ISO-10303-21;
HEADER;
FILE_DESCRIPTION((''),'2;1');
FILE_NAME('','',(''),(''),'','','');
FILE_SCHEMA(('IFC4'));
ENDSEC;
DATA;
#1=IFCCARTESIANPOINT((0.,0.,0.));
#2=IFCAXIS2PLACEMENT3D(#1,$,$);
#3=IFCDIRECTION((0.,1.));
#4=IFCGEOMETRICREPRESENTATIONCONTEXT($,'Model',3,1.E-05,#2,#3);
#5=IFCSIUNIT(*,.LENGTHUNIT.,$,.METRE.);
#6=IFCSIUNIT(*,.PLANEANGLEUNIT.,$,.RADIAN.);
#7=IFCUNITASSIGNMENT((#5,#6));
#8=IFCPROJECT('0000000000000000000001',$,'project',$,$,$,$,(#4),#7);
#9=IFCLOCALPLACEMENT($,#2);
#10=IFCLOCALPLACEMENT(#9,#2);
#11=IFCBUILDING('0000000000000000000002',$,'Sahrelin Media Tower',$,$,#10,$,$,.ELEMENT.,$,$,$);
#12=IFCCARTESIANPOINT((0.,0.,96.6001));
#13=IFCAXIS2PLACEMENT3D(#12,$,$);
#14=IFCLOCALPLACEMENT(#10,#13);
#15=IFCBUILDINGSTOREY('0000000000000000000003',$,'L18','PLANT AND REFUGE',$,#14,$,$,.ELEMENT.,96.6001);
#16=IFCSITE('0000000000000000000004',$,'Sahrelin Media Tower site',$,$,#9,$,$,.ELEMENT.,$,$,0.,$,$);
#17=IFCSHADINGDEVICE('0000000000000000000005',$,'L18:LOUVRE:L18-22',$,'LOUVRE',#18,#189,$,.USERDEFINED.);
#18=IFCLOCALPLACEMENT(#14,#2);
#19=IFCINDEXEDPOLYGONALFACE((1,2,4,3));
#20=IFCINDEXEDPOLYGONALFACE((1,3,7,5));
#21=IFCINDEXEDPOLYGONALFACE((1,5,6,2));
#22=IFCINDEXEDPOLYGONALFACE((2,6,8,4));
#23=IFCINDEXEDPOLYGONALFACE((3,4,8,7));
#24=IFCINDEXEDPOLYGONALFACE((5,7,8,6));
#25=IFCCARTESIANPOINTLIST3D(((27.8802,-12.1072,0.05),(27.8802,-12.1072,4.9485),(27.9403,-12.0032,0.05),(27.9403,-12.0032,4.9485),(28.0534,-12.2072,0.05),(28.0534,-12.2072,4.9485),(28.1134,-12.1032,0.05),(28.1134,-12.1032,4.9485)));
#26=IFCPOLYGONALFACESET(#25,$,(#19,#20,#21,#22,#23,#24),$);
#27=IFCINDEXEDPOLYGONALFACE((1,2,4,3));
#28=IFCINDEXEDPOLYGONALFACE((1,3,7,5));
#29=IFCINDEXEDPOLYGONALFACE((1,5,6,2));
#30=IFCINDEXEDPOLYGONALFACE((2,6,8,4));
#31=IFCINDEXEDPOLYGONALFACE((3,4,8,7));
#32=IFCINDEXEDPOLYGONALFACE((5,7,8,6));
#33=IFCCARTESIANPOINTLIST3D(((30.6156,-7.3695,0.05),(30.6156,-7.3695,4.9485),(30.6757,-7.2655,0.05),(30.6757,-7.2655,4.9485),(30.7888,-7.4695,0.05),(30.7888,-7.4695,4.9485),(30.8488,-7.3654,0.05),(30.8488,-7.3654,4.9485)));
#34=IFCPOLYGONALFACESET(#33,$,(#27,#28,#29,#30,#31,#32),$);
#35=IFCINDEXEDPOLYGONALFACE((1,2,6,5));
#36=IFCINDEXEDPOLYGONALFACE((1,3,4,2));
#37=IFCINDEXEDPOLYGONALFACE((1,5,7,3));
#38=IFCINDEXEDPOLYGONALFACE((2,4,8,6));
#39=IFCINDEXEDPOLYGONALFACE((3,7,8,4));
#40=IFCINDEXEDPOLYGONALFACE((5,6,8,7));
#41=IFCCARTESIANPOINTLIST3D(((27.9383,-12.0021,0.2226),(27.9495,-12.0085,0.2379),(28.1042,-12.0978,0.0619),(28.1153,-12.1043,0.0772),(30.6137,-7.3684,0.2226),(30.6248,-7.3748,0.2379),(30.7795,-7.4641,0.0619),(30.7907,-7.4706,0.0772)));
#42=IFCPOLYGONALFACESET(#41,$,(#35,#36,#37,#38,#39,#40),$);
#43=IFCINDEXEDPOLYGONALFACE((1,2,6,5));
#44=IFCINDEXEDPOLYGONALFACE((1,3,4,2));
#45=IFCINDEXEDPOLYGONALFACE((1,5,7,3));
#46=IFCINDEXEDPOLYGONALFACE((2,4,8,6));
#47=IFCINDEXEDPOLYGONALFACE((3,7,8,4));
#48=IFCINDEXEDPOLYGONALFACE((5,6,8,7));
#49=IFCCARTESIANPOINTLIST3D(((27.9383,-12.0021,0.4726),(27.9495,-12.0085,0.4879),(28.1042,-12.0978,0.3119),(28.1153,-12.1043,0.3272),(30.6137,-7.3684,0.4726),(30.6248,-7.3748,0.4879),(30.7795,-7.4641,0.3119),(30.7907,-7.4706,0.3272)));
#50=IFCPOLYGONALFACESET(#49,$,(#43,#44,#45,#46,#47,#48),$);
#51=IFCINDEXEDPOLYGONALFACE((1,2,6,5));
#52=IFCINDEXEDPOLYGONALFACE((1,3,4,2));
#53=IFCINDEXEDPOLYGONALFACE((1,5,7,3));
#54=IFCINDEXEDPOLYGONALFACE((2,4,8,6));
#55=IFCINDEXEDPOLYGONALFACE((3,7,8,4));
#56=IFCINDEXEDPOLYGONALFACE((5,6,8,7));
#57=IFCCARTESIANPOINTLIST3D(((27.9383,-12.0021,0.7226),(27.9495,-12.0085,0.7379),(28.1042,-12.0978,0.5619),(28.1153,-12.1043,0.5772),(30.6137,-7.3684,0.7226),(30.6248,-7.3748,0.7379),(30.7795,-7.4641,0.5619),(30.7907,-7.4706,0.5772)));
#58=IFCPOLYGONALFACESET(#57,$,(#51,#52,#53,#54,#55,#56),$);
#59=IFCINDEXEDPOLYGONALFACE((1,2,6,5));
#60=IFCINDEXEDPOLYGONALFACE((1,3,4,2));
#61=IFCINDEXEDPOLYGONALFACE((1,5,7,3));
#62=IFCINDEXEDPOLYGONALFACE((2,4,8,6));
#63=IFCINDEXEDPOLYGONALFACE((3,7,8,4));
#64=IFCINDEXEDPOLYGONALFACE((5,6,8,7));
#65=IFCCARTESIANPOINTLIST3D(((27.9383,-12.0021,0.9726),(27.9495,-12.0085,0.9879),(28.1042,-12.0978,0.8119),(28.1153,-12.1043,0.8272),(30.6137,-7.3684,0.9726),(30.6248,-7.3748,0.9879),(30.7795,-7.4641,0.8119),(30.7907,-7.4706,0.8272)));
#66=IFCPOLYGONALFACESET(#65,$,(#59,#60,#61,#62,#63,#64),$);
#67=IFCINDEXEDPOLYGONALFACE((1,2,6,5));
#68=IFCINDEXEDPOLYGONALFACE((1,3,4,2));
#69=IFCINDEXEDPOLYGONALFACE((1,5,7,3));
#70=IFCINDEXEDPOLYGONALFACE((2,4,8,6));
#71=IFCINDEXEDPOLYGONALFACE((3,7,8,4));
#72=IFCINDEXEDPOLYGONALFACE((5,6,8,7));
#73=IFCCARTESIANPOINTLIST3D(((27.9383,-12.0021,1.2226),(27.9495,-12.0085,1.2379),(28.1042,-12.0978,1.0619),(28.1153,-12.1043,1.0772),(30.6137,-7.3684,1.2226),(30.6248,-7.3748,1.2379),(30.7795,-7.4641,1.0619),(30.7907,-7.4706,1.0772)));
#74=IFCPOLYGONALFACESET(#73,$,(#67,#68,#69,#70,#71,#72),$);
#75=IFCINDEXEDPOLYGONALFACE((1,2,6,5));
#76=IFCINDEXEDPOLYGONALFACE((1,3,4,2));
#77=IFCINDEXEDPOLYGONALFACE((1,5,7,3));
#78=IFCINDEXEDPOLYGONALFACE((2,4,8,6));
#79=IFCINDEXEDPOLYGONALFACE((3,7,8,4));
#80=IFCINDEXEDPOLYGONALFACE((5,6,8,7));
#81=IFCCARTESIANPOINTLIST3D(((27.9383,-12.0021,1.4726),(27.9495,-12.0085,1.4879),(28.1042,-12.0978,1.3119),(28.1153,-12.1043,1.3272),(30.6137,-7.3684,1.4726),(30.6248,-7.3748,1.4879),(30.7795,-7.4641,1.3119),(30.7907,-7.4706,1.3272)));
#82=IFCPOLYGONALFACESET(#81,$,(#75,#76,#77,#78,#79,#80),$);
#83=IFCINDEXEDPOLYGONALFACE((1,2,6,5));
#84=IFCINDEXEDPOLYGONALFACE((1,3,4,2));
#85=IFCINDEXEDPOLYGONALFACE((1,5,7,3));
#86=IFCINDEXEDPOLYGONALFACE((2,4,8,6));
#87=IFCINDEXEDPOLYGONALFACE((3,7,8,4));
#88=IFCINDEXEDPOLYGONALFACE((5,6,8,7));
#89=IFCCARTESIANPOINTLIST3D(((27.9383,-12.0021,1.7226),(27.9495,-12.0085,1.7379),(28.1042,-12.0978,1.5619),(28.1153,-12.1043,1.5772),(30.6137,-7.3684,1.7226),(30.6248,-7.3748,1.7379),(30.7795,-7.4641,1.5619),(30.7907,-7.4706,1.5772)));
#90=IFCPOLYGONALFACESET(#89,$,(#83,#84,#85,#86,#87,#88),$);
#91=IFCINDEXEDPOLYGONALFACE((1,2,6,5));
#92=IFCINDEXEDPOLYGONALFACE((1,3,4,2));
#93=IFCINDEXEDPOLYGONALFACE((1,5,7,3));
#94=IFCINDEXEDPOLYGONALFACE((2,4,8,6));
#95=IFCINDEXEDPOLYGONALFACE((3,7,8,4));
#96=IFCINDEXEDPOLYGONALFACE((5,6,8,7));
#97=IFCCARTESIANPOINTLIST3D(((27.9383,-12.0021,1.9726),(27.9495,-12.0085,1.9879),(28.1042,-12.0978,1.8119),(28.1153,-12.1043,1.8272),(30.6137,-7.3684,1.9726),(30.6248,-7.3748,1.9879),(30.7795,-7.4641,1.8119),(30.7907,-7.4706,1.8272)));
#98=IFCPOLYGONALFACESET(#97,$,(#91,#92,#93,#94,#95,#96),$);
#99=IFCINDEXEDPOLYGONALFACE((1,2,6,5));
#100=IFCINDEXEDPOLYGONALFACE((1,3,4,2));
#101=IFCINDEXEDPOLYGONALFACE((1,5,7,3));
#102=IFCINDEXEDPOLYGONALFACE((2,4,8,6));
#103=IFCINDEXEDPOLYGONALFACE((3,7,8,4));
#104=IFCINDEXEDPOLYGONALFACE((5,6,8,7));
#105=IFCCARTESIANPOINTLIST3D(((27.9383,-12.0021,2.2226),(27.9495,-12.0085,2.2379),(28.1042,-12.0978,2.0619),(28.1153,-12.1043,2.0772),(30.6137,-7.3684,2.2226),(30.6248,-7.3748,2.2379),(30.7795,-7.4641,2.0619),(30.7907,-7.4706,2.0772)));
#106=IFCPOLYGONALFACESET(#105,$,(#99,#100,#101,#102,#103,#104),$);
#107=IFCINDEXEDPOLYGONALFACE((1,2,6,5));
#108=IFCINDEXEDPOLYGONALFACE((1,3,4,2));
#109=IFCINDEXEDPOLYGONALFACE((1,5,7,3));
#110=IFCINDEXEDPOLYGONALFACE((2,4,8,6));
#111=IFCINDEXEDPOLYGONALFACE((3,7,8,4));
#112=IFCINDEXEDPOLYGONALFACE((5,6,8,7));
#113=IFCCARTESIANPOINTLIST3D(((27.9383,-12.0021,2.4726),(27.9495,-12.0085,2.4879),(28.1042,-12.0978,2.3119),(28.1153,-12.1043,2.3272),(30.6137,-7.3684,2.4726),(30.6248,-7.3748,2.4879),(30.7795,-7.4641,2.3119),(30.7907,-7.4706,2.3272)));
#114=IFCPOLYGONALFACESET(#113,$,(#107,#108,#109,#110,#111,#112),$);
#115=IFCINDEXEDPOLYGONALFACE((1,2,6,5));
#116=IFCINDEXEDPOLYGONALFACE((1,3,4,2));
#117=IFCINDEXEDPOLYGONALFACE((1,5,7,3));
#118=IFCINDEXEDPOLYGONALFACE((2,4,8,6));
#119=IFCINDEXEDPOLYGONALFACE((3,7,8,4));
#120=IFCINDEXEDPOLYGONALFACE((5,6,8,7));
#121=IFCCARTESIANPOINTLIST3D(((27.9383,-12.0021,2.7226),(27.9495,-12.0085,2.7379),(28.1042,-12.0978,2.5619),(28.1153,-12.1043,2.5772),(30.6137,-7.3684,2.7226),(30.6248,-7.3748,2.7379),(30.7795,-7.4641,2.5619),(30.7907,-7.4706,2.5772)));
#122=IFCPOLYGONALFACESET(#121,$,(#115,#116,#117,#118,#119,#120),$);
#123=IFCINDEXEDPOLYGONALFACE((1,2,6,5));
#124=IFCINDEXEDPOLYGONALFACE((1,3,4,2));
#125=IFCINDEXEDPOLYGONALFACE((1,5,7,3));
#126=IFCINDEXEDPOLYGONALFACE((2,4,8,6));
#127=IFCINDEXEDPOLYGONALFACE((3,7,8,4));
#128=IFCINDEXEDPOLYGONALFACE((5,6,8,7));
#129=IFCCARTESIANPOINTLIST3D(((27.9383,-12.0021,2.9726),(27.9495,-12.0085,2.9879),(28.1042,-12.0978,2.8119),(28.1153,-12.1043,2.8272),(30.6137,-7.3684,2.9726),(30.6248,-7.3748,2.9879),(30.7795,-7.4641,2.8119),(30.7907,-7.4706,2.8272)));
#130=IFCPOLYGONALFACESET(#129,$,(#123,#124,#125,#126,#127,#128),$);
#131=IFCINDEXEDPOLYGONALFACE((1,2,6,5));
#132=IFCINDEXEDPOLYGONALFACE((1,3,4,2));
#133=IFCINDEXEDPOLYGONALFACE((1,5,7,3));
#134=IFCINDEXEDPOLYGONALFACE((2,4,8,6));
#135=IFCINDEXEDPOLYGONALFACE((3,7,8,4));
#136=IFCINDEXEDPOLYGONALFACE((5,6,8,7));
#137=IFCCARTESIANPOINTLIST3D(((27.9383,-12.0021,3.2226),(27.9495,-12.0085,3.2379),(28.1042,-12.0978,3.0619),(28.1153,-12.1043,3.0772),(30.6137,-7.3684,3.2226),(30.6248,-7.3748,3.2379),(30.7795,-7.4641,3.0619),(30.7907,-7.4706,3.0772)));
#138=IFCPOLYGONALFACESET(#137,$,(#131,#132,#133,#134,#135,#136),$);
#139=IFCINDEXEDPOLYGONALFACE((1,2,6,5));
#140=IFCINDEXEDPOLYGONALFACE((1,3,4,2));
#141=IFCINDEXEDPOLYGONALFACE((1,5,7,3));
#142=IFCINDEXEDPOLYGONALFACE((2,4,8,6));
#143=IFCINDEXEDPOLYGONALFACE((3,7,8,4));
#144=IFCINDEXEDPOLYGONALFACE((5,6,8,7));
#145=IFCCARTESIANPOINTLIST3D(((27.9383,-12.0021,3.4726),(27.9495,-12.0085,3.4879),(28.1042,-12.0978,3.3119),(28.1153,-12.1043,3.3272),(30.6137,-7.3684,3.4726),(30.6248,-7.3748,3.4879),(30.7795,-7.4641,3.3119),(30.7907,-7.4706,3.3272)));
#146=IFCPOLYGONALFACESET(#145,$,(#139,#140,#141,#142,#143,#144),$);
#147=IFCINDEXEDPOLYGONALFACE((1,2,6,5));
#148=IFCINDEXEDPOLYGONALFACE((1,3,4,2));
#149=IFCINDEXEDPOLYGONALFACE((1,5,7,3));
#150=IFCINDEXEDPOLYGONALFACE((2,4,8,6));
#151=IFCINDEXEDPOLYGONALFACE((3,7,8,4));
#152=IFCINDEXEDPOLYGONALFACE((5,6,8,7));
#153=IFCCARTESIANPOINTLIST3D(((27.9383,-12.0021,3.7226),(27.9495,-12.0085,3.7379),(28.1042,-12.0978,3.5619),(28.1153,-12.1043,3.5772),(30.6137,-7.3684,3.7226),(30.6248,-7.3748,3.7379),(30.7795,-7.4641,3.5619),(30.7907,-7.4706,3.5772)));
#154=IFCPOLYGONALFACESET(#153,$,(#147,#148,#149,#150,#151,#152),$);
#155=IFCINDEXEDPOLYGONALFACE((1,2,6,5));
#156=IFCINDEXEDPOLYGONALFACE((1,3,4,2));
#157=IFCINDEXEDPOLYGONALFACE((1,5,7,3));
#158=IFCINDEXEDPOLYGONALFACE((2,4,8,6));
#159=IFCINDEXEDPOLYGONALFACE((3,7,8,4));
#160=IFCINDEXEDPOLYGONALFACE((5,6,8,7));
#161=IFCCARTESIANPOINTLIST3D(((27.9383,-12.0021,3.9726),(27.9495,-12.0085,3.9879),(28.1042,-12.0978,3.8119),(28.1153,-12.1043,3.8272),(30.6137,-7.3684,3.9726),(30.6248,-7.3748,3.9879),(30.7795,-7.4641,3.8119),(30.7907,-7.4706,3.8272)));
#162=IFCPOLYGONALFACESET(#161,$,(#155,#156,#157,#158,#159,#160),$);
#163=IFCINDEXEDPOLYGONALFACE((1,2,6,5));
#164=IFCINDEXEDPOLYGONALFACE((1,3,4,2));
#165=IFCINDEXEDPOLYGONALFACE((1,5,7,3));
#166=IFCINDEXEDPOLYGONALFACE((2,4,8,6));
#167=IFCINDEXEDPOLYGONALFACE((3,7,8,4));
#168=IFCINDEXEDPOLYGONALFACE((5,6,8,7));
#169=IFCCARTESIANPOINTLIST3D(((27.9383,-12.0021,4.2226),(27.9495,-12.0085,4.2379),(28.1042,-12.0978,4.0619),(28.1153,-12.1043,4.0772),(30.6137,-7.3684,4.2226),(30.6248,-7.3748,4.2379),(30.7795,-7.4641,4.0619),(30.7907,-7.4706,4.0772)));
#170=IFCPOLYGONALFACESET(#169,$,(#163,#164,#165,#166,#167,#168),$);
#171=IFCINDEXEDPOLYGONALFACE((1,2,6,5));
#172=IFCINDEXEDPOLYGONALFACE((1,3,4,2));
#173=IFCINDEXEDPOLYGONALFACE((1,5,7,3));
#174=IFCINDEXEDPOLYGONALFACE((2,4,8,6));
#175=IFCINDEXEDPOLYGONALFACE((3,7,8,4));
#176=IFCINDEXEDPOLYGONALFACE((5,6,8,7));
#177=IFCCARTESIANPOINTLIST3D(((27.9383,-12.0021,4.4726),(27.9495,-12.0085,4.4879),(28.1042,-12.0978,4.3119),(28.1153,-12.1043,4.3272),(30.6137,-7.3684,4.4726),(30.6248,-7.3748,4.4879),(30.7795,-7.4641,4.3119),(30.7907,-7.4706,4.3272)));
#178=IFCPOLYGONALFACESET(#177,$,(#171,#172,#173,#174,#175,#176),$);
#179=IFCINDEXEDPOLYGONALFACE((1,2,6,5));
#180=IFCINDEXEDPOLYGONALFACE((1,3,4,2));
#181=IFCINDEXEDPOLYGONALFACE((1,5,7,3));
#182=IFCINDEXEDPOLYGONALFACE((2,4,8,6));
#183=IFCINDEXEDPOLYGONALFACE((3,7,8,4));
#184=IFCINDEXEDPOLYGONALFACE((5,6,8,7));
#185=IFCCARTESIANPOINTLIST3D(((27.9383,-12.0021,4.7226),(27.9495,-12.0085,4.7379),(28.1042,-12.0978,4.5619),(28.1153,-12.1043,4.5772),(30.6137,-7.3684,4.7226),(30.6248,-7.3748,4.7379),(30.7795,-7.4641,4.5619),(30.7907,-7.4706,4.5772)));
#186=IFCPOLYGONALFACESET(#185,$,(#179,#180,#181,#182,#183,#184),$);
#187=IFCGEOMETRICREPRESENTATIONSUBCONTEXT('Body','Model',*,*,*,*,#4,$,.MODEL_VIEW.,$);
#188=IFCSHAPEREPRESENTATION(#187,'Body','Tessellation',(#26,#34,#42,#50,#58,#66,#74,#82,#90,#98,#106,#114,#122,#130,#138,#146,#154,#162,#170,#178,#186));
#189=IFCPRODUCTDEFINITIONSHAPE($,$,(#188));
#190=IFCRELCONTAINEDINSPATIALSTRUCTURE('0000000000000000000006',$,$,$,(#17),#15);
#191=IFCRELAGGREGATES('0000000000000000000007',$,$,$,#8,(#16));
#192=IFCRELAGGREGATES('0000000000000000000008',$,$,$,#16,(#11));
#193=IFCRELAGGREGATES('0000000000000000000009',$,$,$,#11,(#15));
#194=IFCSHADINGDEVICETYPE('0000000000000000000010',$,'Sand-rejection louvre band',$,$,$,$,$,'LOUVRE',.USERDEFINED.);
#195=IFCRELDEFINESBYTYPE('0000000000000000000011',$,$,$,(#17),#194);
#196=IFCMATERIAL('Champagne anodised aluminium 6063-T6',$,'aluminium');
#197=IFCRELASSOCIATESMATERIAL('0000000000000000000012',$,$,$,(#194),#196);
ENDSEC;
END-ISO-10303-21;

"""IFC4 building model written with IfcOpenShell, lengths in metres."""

from ifc_helpers import new_model, si_unit, direction, frame, origin, origin_2d, place, context, subcontext, project, spatial, rectangle, extrude, material, type_object, element, save


model = new_model("IFC4")

# Units and contexts
model_context = context("Model", 3, precision=1e-05, world=origin(), true_north=direction((0.0, 1.0)))
body_context = subcontext(model_context, "Body", "Model", "MODEL_VIEW")
ifc_project = project(units=[si_unit("LENGTHUNIT", "METRE"), si_unit("PLANEANGLEUNIT", "RADIAN")], contexts=[model_context])

# Site, building, storey
site_placement = place(None, origin())
site = spatial("IfcSite", under=ifc_project, at=site_placement, Name="Sahrelin Media Tower site", CompositionType="ELEMENT", RefElevation=0.0)
building_placement = place(site_placement, origin())
building = spatial("IfcBuilding", under=site, at=building_placement, Name="Sahrelin Media Tower", CompositionType="ELEMENT")
storey_placement = place(building_placement, frame((0.0, 0.0, 96.6001)))
storey = spatial("IfcBuildingStorey", under=building, at=storey_placement, Name="L18", Description="PLANT AND REFUGE", CompositionType="ELEMENT", Elevation=96.6001)

# Shading device
ifc_material_1 = material(Name="Champagne anodised aluminium 6063-T6", Category="aluminium")
shading_device_type = type_object("IfcShadingDeviceType", Name="Sand-rejection louvre band", ElementType="LOUVRE", PredefinedType="USERDEFINED", material=ifc_material_1)
shading_device_1_placement = place(storey_placement, frame((29.2778, -9.6863, 0.0), z_axis=(0.0, 0.0, 1.0), x_axis=(-0.500011, -0.866019, 0.0)))
element("IfcShadingDevice", 1, at=shading_device_1_placement, inside=storey, type_object=shading_device_type, Name="L18:LOUVRE:L18-22", ObjectType="LOUVRE", PredefinedType="USERDEFINED", context=body_context, shape_type="SweptSolid", body=[
    extrude(rectangle(XDim=0.1201, YDim=0.2, at=origin_2d()), frame((2.7354, 0.1001, 0.05), z_axis=(0.0, 0.0, 1.0), x_axis=(1.0, 0.0, 0.0)), (0.0, 0.0, 1.0), 4.8984),
    extrude(rectangle(XDim=0.1201, YDim=0.2, at=origin_2d()), frame((-2.7354, 0.1001, 0.05), z_axis=(0.0, 0.0, 1.0), x_axis=(1.0, 0.0, 0.0)), (0.0, 0.0, 1.0), 4.8984),
    extrude(rectangle(XDim=0.25, YDim=0.02, at=origin_2d()), frame((2.6753, 0.1001, 0.1499), z_axis=(-1.0, 0.0, 0.0), x_axis=(0.0, -0.766044, 0.642788)), (0.0, 0.0, 1.0), 5.3506),
    extrude(rectangle(XDim=0.25, YDim=0.02, at=origin_2d()), frame((2.6753, 0.1001, 0.3999), z_axis=(-1.0, 0.0, 0.0), x_axis=(0.0, -0.766044, 0.642788)), (0.0, 0.0, 1.0), 5.3506),
    extrude(rectangle(XDim=0.25, YDim=0.02, at=origin_2d()), frame((2.6753, 0.1001, 0.6499), z_axis=(-1.0, 0.0, 0.0), x_axis=(0.0, -0.766044, 0.642788)), (0.0, 0.0, 1.0), 5.3506),
    extrude(rectangle(XDim=0.25, YDim=0.02, at=origin_2d()), frame((2.6753, 0.1001, 0.8999), z_axis=(-1.0, 0.0, 0.0), x_axis=(0.0, -0.766044, 0.642788)), (0.0, 0.0, 1.0), 5.3506),
    extrude(rectangle(XDim=0.25, YDim=0.02, at=origin_2d()), frame((2.6753, 0.1001, 1.1499), z_axis=(-1.0, 0.0, 0.0), x_axis=(0.0, -0.766044, 0.642788)), (0.0, 0.0, 1.0), 5.3506),
    extrude(rectangle(XDim=0.25, YDim=0.02, at=origin_2d()), frame((2.6753, 0.1001, 1.3999), z_axis=(-1.0, 0.0, 0.0), x_axis=(0.0, -0.766044, 0.642788)), (0.0, 0.0, 1.0), 5.3506),
    extrude(rectangle(XDim=0.25, YDim=0.02, at=origin_2d()), frame((2.6753, 0.1001, 1.6499), z_axis=(-1.0, 0.0, 0.0), x_axis=(0.0, -0.766044, 0.642788)), (0.0, 0.0, 1.0), 5.3506),
    extrude(rectangle(XDim=0.25, YDim=0.02, at=origin_2d()), frame((2.6753, 0.1001, 1.8999), z_axis=(-1.0, 0.0, 0.0), x_axis=(0.0, -0.766044, 0.642788)), (0.0, 0.0, 1.0), 5.3506),
    extrude(rectangle(XDim=0.25, YDim=0.02, at=origin_2d()), frame((2.6753, 0.1001, 2.1499), z_axis=(-1.0, 0.0, 0.0), x_axis=(0.0, -0.766044, 0.642788)), (0.0, 0.0, 1.0), 5.3506),
    extrude(rectangle(XDim=0.25, YDim=0.02, at=origin_2d()), frame((2.6753, 0.1001, 2.3999), z_axis=(-1.0, 0.0, 0.0), x_axis=(0.0, -0.766044, 0.642788)), (0.0, 0.0, 1.0), 5.3506),
    extrude(rectangle(XDim=0.25, YDim=0.02, at=origin_2d()), frame((2.6753, 0.1001, 2.6499), z_axis=(-1.0, 0.0, 0.0), x_axis=(0.0, -0.766044, 0.642788)), (0.0, 0.0, 1.0), 5.3506),
    extrude(rectangle(XDim=0.25, YDim=0.02, at=origin_2d()), frame((2.6753, 0.1001, 2.8999), z_axis=(-1.0, 0.0, 0.0), x_axis=(0.0, -0.766044, 0.642788)), (0.0, 0.0, 1.0), 5.3506),
    extrude(rectangle(XDim=0.25, YDim=0.02, at=origin_2d()), frame((2.6753, 0.1001, 3.1499), z_axis=(-1.0, 0.0, 0.0), x_axis=(0.0, -0.766044, 0.642788)), (0.0, 0.0, 1.0), 5.3506),
    extrude(rectangle(XDim=0.25, YDim=0.02, at=origin_2d()), frame((2.6753, 0.1001, 3.3999), z_axis=(-1.0, 0.0, 0.0), x_axis=(0.0, -0.766044, 0.642788)), (0.0, 0.0, 1.0), 5.3506),
    extrude(rectangle(XDim=0.25, YDim=0.02, at=origin_2d()), frame((2.6753, 0.1001, 3.6499), z_axis=(-1.0, 0.0, 0.0), x_axis=(0.0, -0.766044, 0.642788)), (0.0, 0.0, 1.0), 5.3506),
    extrude(rectangle(XDim=0.25, YDim=0.02, at=origin_2d()), frame((2.6753, 0.1001, 3.8999), z_axis=(-1.0, 0.0, 0.0), x_axis=(0.0, -0.766044, 0.642788)), (0.0, 0.0, 1.0), 5.3506),
    extrude(rectangle(XDim=0.25, YDim=0.02, at=origin_2d()), frame((2.6753, 0.1001, 4.1499), z_axis=(-1.0, 0.0, 0.0), x_axis=(0.0, -0.766044, 0.642788)), (0.0, 0.0, 1.0), 5.3506),
    extrude(rectangle(XDim=0.25, YDim=0.02, at=origin_2d()), frame((2.6753, 0.1001, 4.3999), z_axis=(-1.0, 0.0, 0.0), x_axis=(0.0, -0.766044, 0.642788)), (0.0, 0.0, 1.0), 5.3506),
    extrude(rectangle(XDim=0.25, YDim=0.02, at=origin_2d()), frame((2.6753, 0.1001, 4.6499), z_axis=(-1.0, 0.0, 0.0), x_axis=(0.0, -0.766044, 0.642788)), (0.0, 0.0, 1.0), 5.3506),
])

save(model, "model.ifc")
